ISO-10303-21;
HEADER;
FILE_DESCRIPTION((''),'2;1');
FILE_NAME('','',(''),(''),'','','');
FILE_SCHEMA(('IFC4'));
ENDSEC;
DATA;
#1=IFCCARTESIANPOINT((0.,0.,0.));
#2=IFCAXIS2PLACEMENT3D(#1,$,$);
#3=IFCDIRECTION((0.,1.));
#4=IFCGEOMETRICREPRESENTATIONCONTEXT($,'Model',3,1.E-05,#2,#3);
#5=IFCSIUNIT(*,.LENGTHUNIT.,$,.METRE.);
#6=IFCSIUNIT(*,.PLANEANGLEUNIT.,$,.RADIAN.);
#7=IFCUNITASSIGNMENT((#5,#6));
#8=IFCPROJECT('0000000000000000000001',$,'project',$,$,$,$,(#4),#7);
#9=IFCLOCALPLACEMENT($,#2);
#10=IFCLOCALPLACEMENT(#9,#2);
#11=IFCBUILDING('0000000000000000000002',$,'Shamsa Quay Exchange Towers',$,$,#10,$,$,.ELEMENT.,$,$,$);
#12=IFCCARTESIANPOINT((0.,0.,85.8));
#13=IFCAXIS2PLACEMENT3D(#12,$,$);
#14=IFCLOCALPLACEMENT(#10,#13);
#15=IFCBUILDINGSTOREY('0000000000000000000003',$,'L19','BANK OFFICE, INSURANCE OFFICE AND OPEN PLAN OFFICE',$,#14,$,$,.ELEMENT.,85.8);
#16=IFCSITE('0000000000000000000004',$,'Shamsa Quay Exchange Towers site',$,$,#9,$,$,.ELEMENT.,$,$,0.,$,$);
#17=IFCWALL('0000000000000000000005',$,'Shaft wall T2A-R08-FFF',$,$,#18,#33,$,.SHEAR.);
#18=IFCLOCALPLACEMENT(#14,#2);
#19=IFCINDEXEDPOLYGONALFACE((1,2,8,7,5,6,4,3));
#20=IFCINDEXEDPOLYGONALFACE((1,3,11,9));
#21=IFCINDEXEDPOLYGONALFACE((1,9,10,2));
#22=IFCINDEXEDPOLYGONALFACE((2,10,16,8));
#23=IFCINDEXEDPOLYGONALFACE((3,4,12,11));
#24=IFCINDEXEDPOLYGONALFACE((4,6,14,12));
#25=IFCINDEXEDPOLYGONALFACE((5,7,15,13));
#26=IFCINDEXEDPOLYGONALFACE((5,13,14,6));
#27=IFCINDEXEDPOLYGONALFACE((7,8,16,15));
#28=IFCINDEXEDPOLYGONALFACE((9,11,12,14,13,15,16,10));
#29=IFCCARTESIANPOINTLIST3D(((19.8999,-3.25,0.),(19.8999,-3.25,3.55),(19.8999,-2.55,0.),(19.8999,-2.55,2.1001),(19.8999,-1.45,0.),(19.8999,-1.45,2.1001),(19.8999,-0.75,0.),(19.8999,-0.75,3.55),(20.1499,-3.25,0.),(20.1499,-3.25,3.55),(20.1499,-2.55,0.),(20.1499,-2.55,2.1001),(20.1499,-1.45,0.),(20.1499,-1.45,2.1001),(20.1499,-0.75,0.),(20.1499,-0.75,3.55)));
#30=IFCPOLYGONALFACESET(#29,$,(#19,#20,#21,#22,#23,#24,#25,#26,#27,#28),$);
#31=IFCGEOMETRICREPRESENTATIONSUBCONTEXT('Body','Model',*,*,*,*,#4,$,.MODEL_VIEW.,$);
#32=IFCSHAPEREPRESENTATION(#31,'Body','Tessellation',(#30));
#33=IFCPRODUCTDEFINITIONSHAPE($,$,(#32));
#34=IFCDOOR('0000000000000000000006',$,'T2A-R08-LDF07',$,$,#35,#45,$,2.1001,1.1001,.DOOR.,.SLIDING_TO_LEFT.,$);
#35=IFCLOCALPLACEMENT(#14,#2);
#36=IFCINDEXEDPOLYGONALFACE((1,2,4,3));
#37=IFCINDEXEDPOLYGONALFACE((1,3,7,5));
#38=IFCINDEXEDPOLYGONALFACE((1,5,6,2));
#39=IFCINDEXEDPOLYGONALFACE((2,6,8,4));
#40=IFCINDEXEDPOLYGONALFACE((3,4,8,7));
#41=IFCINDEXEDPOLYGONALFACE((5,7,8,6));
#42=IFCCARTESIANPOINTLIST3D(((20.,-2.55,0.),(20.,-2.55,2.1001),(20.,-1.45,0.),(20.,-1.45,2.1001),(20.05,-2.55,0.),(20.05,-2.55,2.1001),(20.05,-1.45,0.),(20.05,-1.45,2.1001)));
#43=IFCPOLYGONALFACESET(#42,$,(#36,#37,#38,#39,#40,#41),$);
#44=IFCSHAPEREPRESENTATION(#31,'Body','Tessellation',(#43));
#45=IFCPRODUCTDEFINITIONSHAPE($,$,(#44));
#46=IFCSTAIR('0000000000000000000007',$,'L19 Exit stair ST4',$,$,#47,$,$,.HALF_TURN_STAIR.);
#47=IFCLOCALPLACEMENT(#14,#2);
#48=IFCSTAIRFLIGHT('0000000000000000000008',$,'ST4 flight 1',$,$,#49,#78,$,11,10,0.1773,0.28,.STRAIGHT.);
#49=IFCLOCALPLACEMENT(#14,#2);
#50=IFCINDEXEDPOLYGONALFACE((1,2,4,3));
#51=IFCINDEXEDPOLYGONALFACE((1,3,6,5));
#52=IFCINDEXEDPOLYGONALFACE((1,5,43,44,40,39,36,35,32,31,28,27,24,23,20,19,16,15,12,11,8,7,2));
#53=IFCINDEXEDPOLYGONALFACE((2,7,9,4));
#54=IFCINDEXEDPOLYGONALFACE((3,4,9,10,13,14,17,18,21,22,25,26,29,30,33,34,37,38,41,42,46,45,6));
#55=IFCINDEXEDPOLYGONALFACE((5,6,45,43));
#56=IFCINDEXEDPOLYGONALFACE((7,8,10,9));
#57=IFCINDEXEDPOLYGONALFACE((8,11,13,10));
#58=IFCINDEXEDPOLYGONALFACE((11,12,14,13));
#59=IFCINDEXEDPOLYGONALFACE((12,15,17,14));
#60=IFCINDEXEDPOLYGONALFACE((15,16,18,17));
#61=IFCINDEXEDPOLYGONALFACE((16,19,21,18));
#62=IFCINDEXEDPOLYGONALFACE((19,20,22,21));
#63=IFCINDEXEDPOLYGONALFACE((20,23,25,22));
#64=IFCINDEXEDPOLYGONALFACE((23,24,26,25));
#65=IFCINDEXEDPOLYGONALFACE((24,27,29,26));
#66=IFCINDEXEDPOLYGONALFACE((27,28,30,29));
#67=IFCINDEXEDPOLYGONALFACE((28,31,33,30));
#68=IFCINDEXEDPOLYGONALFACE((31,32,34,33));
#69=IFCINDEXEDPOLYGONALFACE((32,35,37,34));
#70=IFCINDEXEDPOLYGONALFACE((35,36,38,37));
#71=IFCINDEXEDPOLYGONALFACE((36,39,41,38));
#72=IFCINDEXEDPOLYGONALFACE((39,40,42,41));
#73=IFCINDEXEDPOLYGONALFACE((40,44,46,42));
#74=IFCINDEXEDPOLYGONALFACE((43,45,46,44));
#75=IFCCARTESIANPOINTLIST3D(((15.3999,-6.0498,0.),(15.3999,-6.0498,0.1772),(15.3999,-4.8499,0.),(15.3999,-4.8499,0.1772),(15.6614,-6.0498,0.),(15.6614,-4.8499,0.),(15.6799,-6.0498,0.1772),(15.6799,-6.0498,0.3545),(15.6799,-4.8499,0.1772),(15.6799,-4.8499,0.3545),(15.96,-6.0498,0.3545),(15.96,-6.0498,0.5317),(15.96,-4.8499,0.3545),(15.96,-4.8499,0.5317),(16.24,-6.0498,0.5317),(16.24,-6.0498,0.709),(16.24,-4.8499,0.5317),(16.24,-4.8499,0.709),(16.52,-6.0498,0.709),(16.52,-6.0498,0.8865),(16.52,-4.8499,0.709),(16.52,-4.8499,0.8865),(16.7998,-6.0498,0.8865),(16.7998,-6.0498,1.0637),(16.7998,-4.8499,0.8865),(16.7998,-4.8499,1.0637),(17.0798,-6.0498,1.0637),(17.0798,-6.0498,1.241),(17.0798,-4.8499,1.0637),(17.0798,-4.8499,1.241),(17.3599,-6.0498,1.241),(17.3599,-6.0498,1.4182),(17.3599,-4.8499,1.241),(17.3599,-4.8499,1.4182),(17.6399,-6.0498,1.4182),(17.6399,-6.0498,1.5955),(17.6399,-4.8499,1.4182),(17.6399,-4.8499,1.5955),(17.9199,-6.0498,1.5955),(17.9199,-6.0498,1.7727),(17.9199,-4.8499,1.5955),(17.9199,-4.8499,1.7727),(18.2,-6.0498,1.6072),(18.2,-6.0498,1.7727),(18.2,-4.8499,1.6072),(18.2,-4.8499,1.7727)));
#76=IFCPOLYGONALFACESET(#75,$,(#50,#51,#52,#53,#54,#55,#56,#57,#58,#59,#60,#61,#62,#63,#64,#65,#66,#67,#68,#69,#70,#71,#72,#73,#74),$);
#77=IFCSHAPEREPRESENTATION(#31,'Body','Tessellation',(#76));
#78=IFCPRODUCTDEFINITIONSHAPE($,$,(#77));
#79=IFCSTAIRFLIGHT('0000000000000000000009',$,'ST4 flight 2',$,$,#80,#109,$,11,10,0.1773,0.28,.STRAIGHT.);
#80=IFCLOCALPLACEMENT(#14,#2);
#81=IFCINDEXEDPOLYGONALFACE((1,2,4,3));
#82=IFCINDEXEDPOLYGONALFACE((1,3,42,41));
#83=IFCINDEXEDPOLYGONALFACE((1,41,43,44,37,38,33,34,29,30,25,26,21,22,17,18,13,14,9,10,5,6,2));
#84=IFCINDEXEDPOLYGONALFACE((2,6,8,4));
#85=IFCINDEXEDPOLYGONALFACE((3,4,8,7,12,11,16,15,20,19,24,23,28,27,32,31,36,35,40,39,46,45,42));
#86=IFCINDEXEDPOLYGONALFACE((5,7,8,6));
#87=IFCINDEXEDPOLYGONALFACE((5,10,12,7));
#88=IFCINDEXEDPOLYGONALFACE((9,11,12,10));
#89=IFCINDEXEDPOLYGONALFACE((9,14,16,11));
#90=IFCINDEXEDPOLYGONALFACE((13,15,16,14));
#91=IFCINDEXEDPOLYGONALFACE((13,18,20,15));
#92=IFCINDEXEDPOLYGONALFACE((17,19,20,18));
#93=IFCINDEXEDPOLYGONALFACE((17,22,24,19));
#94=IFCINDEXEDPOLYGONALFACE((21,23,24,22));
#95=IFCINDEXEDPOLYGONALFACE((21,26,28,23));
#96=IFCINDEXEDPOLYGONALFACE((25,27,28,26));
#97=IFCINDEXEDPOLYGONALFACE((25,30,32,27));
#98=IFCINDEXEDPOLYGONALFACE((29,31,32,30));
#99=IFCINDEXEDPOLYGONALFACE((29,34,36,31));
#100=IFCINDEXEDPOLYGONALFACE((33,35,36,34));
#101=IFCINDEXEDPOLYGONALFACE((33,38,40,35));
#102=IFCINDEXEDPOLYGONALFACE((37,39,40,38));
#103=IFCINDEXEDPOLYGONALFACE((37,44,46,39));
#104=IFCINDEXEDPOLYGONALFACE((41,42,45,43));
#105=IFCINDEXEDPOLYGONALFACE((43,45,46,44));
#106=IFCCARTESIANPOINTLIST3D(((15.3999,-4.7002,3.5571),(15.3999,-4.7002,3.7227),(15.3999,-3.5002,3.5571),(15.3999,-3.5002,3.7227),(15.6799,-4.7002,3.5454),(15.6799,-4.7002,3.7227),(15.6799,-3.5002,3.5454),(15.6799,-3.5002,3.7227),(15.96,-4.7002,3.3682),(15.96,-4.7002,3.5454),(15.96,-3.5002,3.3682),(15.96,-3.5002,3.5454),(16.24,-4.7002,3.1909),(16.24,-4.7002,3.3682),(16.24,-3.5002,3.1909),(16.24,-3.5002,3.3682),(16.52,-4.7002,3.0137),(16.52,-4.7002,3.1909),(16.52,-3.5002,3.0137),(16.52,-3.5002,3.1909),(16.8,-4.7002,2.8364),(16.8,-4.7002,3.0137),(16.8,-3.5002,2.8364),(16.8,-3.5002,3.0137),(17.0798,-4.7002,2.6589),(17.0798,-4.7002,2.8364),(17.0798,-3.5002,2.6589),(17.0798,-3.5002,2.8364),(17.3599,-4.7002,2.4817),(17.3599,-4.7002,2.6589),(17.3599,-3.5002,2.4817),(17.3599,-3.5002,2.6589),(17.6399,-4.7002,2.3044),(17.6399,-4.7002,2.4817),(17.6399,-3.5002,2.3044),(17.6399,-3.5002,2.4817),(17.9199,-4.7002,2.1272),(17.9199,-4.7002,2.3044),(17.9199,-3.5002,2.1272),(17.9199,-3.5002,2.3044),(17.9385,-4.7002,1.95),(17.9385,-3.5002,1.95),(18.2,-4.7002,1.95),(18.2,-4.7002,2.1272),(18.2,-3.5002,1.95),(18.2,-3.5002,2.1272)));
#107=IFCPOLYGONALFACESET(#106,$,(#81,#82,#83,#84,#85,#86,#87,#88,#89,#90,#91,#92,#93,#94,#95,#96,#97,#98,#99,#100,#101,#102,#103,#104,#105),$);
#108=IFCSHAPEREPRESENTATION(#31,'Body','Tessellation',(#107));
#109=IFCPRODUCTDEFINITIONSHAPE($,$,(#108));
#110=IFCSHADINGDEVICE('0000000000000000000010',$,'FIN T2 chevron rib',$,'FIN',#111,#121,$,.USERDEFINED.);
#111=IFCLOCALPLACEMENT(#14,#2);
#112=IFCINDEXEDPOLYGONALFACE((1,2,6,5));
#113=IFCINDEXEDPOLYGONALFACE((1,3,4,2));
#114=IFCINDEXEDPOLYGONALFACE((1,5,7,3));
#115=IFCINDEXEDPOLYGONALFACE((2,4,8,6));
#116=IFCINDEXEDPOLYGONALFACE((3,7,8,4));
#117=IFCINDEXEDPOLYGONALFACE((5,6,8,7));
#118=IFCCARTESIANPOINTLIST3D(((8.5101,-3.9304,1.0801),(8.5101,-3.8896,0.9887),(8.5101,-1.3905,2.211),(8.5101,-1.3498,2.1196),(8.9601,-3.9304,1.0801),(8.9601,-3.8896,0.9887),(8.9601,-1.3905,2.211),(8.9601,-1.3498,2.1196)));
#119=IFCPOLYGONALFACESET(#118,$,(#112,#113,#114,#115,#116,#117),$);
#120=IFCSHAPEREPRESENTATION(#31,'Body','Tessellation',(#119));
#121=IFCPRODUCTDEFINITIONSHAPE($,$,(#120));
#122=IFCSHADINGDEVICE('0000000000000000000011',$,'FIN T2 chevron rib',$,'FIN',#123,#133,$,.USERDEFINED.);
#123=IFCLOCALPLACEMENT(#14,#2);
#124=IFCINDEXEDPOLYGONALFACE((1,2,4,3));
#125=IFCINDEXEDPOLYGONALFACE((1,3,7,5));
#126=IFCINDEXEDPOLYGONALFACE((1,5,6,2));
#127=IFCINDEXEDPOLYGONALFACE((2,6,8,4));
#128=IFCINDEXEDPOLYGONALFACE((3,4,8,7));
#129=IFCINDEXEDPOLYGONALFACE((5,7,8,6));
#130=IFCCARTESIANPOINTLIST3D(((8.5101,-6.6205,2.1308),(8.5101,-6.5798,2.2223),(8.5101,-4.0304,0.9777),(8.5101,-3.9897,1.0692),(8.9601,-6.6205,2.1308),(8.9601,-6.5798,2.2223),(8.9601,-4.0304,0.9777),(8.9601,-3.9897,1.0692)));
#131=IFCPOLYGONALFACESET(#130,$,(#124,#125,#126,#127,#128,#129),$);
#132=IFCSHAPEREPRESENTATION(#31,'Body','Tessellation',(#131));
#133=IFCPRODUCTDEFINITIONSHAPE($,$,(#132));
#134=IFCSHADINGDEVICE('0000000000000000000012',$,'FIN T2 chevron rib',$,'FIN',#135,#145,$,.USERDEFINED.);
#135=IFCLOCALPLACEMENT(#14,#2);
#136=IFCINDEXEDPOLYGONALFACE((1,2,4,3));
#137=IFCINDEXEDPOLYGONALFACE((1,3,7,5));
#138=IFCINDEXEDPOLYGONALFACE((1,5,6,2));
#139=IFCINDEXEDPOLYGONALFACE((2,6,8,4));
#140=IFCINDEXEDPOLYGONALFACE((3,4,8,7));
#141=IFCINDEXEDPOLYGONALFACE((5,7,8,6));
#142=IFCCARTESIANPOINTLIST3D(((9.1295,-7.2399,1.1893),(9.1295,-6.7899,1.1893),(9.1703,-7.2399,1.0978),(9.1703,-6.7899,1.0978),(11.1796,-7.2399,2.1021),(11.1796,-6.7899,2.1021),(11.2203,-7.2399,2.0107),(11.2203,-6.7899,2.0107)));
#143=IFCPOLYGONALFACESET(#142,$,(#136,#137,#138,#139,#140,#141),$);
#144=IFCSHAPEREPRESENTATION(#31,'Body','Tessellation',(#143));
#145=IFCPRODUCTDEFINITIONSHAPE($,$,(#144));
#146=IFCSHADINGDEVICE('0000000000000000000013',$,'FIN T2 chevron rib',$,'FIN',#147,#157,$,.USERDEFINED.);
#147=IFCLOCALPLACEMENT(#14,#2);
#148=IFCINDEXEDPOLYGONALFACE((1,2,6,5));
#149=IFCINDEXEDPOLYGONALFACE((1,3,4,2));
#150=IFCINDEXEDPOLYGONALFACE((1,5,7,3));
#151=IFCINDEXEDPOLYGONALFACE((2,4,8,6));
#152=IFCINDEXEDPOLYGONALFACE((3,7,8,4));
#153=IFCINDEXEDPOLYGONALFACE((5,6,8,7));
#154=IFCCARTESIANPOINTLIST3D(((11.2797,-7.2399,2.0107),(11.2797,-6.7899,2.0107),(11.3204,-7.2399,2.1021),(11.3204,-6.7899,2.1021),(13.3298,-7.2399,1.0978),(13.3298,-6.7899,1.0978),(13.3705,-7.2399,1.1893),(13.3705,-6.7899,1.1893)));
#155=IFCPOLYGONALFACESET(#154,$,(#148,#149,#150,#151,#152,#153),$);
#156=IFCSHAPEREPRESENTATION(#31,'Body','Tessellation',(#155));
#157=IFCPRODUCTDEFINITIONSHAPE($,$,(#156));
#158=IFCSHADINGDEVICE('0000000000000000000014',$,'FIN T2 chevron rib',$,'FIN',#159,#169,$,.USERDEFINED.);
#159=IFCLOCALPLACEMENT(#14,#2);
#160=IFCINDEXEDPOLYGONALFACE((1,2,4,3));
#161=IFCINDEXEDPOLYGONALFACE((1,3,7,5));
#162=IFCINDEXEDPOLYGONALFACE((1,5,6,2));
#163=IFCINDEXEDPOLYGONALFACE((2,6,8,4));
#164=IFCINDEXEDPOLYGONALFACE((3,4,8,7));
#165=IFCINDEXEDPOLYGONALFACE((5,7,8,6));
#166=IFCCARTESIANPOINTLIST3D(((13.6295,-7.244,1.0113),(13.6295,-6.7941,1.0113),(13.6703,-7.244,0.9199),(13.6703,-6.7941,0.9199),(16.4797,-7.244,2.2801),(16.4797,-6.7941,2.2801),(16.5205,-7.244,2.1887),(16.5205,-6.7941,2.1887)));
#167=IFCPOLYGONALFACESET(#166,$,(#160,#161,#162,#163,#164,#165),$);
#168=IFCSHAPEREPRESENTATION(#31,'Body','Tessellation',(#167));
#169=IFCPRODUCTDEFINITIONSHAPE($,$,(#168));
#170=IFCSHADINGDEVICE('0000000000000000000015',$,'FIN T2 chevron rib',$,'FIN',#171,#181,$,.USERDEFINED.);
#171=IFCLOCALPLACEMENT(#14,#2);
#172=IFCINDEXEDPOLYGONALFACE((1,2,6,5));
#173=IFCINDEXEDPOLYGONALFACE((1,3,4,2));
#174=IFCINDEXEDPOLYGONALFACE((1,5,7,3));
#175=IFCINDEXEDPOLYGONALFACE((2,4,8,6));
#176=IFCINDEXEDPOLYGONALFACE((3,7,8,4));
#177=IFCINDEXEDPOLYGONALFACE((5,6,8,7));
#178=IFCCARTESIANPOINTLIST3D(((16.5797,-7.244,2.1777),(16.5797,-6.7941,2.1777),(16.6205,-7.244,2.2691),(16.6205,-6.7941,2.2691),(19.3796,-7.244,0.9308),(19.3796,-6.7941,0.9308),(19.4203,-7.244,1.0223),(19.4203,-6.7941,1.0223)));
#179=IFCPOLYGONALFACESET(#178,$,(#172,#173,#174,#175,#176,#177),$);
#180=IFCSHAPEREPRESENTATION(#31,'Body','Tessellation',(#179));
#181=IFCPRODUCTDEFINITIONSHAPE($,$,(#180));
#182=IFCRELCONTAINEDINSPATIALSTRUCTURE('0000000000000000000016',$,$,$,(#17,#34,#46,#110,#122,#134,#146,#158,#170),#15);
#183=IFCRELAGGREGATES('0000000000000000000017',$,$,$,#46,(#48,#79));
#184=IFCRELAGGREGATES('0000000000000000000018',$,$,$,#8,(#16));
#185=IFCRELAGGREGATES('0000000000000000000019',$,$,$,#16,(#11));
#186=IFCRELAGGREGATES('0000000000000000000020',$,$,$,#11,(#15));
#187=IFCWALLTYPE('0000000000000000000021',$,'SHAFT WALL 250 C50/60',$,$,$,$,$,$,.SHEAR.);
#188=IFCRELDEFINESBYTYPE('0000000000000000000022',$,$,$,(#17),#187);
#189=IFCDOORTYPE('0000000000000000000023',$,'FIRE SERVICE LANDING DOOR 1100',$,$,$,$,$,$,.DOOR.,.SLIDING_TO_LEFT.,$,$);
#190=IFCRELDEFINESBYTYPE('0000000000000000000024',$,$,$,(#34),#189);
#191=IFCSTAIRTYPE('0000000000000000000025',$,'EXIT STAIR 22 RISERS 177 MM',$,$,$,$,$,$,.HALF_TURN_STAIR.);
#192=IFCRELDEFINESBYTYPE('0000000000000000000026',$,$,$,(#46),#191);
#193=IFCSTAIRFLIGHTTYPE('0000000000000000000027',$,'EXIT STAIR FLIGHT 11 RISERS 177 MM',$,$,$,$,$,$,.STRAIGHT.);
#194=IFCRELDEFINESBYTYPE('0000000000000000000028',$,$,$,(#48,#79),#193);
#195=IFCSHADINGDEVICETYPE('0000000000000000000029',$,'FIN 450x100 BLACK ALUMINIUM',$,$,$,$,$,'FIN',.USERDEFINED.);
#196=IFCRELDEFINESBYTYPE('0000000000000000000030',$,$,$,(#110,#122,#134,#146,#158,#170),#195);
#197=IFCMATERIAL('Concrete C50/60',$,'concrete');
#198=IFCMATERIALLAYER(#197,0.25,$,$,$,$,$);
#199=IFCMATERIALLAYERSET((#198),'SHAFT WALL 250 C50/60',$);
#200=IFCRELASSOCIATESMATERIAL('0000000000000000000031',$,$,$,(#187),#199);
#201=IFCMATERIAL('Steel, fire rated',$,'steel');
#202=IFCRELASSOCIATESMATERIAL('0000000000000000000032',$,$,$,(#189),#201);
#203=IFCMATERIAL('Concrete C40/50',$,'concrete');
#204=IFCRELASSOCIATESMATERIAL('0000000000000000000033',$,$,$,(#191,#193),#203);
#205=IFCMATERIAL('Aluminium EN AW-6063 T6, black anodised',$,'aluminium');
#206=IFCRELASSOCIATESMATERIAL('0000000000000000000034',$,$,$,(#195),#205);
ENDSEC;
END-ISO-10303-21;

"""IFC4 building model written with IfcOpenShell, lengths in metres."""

from ifc_helpers import new_model, si_unit, direction, frame, frame_2d, origin, origin_2d, place, context, subcontext, project, spatial, polyline, rectangle, outline, extrude, material, layer, layer_set, material_profile, profile_set, type_object, element, fill, aggregate, save


model = new_model("IFC4")

# Units and contexts
model_context = context("Model", 3, precision=1e-05, world=origin(), true_north=direction((0.0, 1.0)))
body_context = subcontext(model_context, "Body", "Model", "MODEL_VIEW")
ifc_project = project(units=[si_unit("LENGTHUNIT", "METRE"), si_unit("PLANEANGLEUNIT", "RADIAN")], contexts=[model_context])

# Site, building, storey
site_placement = place(None, origin())
site = spatial("IfcSite", under=ifc_project, at=site_placement, Name="Shamsa Quay Exchange Towers site", CompositionType="ELEMENT", RefElevation=0.0)
building_placement = place(site_placement, origin())
building = spatial("IfcBuilding", under=site, at=building_placement, Name="Shamsa Quay Exchange Towers", CompositionType="ELEMENT")
storey_placement = place(building_placement, frame((0.0, 0.0, 85.8)))
storey = spatial("IfcBuildingStorey", under=building, at=storey_placement, Name="L19", Description="BANK OFFICE, INSURANCE OFFICE AND OPEN PLAN OFFICE", CompositionType="ELEMENT", Elevation=85.8)

# Shared definitions
ifc_material_1 = material(Name="Aluminium EN AW-6063 T6, black anodised", Category="aluminium")

# Shared definitions
ifc_material_2 = material(Name="Concrete C50/60", Category="concrete")
ifc_layer_1 = layer(ifc_material_2, 0.25)
ifc_layer_set_1 = layer_set([ifc_layer_1], Name="SHAFT WALL 250 C50/60")
wall_type_1 = type_object("IfcWallType", Name="SHAFT WALL 250 C50/60", PredefinedType="SHEAR", material=ifc_layer_set_1)

# Wall, opening, door
wall_1_placement = place(storey_placement, frame((20.0249, -3.25, 0.0), z_axis=(0.0, 0.0, 1.0), x_axis=(0.0, 1.0, 0.0)))
wall_1 = element("IfcWall", 1, at=wall_1_placement, inside=storey, type_object=wall_type_1, Name="Shaft wall T2A-R08-FFF", PredefinedType="SHEAR", context=body_context, shape_type="SweptSolid", body=[
    extrude(rectangle(XDim=2.5, YDim=0.25, at=frame_2d((1.25, 0.0))), origin(), (0.0, 0.0, 1.0), 3.55),
])
opening_placement = place(wall_1_placement, frame((0.7, 0.0, 0.0)))
opening = element("IfcOpeningElement", 2, at=opening_placement, cuts=wall_1, PredefinedType="OPENING", context=body_context, shape_type="SweptSolid", body=[
    extrude(rectangle(XDim=1.1001, YDim=2.1001, at=frame_2d((0.55, 1.05))), frame((0.0, 0.135, 0.0), z_axis=(0.0, -1.0, 0.0), x_axis=(1.0, 0.0, 0.0)), (0.0, 0.0, 1.0), 0.27),
])
ifc_material_3 = material(Name="Steel, fire rated", Category="steel")
door_type = type_object("IfcDoorType", Name="FIRE SERVICE LANDING DOOR 1100", OperationType="SLIDING_TO_LEFT", PredefinedType="DOOR", material=ifc_material_3)
door_placement = place(opening_placement, origin())
door = element("IfcDoor", 3, at=door_placement, inside=storey, type_object=door_type, Name="T2A-R08-LDF07", OperationType="SLIDING_TO_LEFT", OverallHeight=2.1001, OverallWidth=1.1001, PredefinedType="DOOR", context=body_context, shape_type="SweptSolid", body=[
    extrude(rectangle(XDim=1.1001, YDim=2.1001, at=frame_2d((0.55, 1.05))), frame((0.0, 0.0249, 0.0), z_axis=(0.0, -1.0, 0.0), x_axis=(1.0, 0.0, 0.0)), (0.0, 0.0, 1.0), 0.05),
])
fill(opening, door)

# Stair, stair flights
ifc_material_4 = material(Name="Concrete C40/50", Category="concrete")
stair_type = type_object("IfcStairType", Name="EXIT STAIR 22 RISERS 177 MM", PredefinedType="HALF_TURN_STAIR", material=ifc_material_4)
stair_placement = place(storey_placement, origin())
stair = element("IfcStair", 4, at=stair_placement, inside=storey, type_object=stair_type, Name="L19 Exit stair ST4", PredefinedType="HALF_TURN_STAIR")
stair_flight_type = type_object("IfcStairFlightType", Name="EXIT STAIR FLIGHT 11 RISERS 177 MM", PredefinedType="STRAIGHT", material=ifc_material_4)
stair_flight_1_placement = place(storey_placement, frame((15.3999, -5.45, 0.0)))
stair_flight_1 = element("IfcStairFlight", 5, at=stair_flight_1_placement, type_object=stair_flight_type, Name="ST4 flight 1", NumberOfRisers=11, NumberOfTreads=10, PredefinedType="STRAIGHT", RiserHeight=0.1773, TreadLength=0.28, context=body_context, shape_type="SweptSolid", body=[
    extrude(outline(polyline([(0.0, 0.0), (0.0, 0.1772), (0.28, 0.1772), (0.28, 0.3545), (0.5601, 0.3545), (0.5601, 0.5317), (0.8401, 0.5317), (0.8401, 0.709), (1.1201, 0.709), (1.1201, 0.8865), (1.3999, 0.8865), (1.3999, 1.0637), (1.6799, 1.0637), (1.6799, 1.241), (1.96, 1.241), (1.96, 1.4182), (2.24, 1.4182), (2.24, 1.5955), (2.52, 1.5955), (2.52, 1.7727), (2.8, 1.7727), (2.8, 1.95), (2.8, 1.6072), (0.2615, 0.0), (0.0, 0.0)])), frame((0.0, 0.6001, 0.0), z_axis=(0.0, -1.0, 0.0), x_axis=(1.0, 0.0, 0.0)), (0.0, 0.0, 1.0), 1.2),
])
stair_flight_2_placement = place(storey_placement, frame((18.2, -4.1001, 1.95), z_axis=(0.0, 0.0, 1.0), x_axis=(-1.0, 0.0, 0.0)))
stair_flight_2 = element("IfcStairFlight", 6, at=stair_flight_2_placement, type_object=stair_flight_type, Name="ST4 flight 2", NumberOfRisers=11, NumberOfTreads=10, PredefinedType="STRAIGHT", RiserHeight=0.1773, TreadLength=0.28, context=body_context, shape_type="SweptSolid", body=[
    extrude(outline(polyline([(0.0, 0.0), (0.0, 0.1772), (0.28, 0.1772), (0.28, 0.3545), (0.5601, 0.3545), (0.5601, 0.5317), (0.8401, 0.5317), (0.8401, 0.709), (1.1201, 0.709), (1.1201, 0.8865), (1.3999, 0.8865), (1.3999, 1.0637), (1.6799, 1.0637), (1.6799, 1.241), (1.96, 1.241), (1.96, 1.4182), (2.24, 1.4182), (2.24, 1.5955), (2.52, 1.5955), (2.52, 1.7727), (2.8, 1.7727), (2.8, 1.95), (2.8, 1.6072), (0.2615, 0.0), (0.0, 0.0)])), frame((0.0, 0.6001, 0.0), z_axis=(0.0, -1.0, 0.0), x_axis=(1.0, 0.0, 0.0)), (0.0, 0.0, 1.0), 1.2),
])
aggregate(stair, [stair_flight_1, stair_flight_2])

# Shading devices
ifc_material_profile_1 = material_profile(ifc_material_1, rectangle(XDim=0.45, YDim=0.1001, at=origin_2d()), Name="FIN450x100")
ifc_profile_set_1 = profile_set([ifc_material_profile_1], Name="Aluminium EN AW-6063 T6, black anodised")
shading_device_type = type_object("IfcShadingDeviceType", Name="FIN 450x100 BLACK ALUMINIUM", ElementType="FIN", PredefinedType="USERDEFINED", material=ifc_profile_set_1)
shading_device_1_placement = place(storey_placement, frame((8.7351, -1.3701, 2.1653), z_axis=(0.0, -0.913536, -0.406758), x_axis=(1.0, 0.0, 0.0)))
element("IfcShadingDevice", 7, at=shading_device_1_placement, inside=storey, type_object=shading_device_type, Name="FIN T2 chevron rib", ObjectType="FIN", PredefinedType="USERDEFINED", context=body_context, shape_type="SweptSolid", body=[
    extrude(rectangle(XDim=0.45, YDim=0.1001, at=origin_2d()), origin(), (0.0, 0.0, 1.0), 2.7803),
])
shading_device_2_placement = place(storey_placement, frame((8.7351, -4.01, 1.0234), z_axis=(0.0, -0.913559, 0.406706), x_axis=(1.0, 0.0, 0.0)))
element("IfcShadingDevice", 8, at=shading_device_2_placement, inside=storey, type_object=shading_device_type, Name="FIN T2 chevron rib", ObjectType="FIN", PredefinedType="USERDEFINED", context=body_context, shape_type="SweptSolid", body=[
    extrude(rectangle(XDim=0.45, YDim=0.1001, at=origin_2d()), origin(), (0.0, 0.0, 1.0), 2.8352),
])
for number, where, z_axis, x_axis, name in (
    (9, (9.1499, -7.0149, 1.1436), (0.913529, 0.0, 0.406774), (0.0, 1.0, 0.0), "FIN T2 chevron rib"),
    (10, (11.3, -7.0149, 2.0564), (0.913529, 0.0, -0.406774), (0.0, 1.0, 0.0), "FIN T2 chevron rib"),
):
    element("IfcShadingDevice", number, at=place(storey_placement, frame(where, z_axis=z_axis, x_axis=x_axis)), inside=storey, type_object=shading_device_type, Name=name, ObjectType="FIN", PredefinedType="USERDEFINED", context=body_context, shape_type="SweptSolid", body=[
        extrude(rectangle(XDim=0.45, YDim=0.1001, at=origin_2d()), origin(), (0.0, 0.0, 1.0), 2.2441),
    ])
shading_device_3_placement = place(storey_placement, frame((13.6499, -7.019, 0.9656), z_axis=(0.913563, 0.0, 0.406697), x_axis=(0.0, 1.0, 0.0)))
element("IfcShadingDevice", 11, at=shading_device_3_placement, inside=storey, type_object=shading_device_type, Name="FIN T2 chevron rib", ObjectType="FIN", PredefinedType="USERDEFINED", context=body_context, shape_type="SweptSolid", body=[
    extrude(rectangle(XDim=0.45, YDim=0.1001, at=origin_2d()), origin(), (0.0, 0.0, 1.0), 3.1199),
])
shading_device_4_placement = place(storey_placement, frame((16.6001, -7.019, 2.2234), z_axis=(0.913512, 0.0, -0.406811), x_axis=(0.0, 1.0, 0.0)))
element("IfcShadingDevice", 12, at=shading_device_4_placement, inside=storey, type_object=shading_device_type, Name="FIN T2 chevron rib", ObjectType="FIN", PredefinedType="USERDEFINED", context=body_context, shape_type="SweptSolid", body=[
    extrude(rectangle(XDim=0.45, YDim=0.1001, at=origin_2d()), origin(), (0.0, 0.0, 1.0), 3.0649),
])

save(model, "model.ifc")
